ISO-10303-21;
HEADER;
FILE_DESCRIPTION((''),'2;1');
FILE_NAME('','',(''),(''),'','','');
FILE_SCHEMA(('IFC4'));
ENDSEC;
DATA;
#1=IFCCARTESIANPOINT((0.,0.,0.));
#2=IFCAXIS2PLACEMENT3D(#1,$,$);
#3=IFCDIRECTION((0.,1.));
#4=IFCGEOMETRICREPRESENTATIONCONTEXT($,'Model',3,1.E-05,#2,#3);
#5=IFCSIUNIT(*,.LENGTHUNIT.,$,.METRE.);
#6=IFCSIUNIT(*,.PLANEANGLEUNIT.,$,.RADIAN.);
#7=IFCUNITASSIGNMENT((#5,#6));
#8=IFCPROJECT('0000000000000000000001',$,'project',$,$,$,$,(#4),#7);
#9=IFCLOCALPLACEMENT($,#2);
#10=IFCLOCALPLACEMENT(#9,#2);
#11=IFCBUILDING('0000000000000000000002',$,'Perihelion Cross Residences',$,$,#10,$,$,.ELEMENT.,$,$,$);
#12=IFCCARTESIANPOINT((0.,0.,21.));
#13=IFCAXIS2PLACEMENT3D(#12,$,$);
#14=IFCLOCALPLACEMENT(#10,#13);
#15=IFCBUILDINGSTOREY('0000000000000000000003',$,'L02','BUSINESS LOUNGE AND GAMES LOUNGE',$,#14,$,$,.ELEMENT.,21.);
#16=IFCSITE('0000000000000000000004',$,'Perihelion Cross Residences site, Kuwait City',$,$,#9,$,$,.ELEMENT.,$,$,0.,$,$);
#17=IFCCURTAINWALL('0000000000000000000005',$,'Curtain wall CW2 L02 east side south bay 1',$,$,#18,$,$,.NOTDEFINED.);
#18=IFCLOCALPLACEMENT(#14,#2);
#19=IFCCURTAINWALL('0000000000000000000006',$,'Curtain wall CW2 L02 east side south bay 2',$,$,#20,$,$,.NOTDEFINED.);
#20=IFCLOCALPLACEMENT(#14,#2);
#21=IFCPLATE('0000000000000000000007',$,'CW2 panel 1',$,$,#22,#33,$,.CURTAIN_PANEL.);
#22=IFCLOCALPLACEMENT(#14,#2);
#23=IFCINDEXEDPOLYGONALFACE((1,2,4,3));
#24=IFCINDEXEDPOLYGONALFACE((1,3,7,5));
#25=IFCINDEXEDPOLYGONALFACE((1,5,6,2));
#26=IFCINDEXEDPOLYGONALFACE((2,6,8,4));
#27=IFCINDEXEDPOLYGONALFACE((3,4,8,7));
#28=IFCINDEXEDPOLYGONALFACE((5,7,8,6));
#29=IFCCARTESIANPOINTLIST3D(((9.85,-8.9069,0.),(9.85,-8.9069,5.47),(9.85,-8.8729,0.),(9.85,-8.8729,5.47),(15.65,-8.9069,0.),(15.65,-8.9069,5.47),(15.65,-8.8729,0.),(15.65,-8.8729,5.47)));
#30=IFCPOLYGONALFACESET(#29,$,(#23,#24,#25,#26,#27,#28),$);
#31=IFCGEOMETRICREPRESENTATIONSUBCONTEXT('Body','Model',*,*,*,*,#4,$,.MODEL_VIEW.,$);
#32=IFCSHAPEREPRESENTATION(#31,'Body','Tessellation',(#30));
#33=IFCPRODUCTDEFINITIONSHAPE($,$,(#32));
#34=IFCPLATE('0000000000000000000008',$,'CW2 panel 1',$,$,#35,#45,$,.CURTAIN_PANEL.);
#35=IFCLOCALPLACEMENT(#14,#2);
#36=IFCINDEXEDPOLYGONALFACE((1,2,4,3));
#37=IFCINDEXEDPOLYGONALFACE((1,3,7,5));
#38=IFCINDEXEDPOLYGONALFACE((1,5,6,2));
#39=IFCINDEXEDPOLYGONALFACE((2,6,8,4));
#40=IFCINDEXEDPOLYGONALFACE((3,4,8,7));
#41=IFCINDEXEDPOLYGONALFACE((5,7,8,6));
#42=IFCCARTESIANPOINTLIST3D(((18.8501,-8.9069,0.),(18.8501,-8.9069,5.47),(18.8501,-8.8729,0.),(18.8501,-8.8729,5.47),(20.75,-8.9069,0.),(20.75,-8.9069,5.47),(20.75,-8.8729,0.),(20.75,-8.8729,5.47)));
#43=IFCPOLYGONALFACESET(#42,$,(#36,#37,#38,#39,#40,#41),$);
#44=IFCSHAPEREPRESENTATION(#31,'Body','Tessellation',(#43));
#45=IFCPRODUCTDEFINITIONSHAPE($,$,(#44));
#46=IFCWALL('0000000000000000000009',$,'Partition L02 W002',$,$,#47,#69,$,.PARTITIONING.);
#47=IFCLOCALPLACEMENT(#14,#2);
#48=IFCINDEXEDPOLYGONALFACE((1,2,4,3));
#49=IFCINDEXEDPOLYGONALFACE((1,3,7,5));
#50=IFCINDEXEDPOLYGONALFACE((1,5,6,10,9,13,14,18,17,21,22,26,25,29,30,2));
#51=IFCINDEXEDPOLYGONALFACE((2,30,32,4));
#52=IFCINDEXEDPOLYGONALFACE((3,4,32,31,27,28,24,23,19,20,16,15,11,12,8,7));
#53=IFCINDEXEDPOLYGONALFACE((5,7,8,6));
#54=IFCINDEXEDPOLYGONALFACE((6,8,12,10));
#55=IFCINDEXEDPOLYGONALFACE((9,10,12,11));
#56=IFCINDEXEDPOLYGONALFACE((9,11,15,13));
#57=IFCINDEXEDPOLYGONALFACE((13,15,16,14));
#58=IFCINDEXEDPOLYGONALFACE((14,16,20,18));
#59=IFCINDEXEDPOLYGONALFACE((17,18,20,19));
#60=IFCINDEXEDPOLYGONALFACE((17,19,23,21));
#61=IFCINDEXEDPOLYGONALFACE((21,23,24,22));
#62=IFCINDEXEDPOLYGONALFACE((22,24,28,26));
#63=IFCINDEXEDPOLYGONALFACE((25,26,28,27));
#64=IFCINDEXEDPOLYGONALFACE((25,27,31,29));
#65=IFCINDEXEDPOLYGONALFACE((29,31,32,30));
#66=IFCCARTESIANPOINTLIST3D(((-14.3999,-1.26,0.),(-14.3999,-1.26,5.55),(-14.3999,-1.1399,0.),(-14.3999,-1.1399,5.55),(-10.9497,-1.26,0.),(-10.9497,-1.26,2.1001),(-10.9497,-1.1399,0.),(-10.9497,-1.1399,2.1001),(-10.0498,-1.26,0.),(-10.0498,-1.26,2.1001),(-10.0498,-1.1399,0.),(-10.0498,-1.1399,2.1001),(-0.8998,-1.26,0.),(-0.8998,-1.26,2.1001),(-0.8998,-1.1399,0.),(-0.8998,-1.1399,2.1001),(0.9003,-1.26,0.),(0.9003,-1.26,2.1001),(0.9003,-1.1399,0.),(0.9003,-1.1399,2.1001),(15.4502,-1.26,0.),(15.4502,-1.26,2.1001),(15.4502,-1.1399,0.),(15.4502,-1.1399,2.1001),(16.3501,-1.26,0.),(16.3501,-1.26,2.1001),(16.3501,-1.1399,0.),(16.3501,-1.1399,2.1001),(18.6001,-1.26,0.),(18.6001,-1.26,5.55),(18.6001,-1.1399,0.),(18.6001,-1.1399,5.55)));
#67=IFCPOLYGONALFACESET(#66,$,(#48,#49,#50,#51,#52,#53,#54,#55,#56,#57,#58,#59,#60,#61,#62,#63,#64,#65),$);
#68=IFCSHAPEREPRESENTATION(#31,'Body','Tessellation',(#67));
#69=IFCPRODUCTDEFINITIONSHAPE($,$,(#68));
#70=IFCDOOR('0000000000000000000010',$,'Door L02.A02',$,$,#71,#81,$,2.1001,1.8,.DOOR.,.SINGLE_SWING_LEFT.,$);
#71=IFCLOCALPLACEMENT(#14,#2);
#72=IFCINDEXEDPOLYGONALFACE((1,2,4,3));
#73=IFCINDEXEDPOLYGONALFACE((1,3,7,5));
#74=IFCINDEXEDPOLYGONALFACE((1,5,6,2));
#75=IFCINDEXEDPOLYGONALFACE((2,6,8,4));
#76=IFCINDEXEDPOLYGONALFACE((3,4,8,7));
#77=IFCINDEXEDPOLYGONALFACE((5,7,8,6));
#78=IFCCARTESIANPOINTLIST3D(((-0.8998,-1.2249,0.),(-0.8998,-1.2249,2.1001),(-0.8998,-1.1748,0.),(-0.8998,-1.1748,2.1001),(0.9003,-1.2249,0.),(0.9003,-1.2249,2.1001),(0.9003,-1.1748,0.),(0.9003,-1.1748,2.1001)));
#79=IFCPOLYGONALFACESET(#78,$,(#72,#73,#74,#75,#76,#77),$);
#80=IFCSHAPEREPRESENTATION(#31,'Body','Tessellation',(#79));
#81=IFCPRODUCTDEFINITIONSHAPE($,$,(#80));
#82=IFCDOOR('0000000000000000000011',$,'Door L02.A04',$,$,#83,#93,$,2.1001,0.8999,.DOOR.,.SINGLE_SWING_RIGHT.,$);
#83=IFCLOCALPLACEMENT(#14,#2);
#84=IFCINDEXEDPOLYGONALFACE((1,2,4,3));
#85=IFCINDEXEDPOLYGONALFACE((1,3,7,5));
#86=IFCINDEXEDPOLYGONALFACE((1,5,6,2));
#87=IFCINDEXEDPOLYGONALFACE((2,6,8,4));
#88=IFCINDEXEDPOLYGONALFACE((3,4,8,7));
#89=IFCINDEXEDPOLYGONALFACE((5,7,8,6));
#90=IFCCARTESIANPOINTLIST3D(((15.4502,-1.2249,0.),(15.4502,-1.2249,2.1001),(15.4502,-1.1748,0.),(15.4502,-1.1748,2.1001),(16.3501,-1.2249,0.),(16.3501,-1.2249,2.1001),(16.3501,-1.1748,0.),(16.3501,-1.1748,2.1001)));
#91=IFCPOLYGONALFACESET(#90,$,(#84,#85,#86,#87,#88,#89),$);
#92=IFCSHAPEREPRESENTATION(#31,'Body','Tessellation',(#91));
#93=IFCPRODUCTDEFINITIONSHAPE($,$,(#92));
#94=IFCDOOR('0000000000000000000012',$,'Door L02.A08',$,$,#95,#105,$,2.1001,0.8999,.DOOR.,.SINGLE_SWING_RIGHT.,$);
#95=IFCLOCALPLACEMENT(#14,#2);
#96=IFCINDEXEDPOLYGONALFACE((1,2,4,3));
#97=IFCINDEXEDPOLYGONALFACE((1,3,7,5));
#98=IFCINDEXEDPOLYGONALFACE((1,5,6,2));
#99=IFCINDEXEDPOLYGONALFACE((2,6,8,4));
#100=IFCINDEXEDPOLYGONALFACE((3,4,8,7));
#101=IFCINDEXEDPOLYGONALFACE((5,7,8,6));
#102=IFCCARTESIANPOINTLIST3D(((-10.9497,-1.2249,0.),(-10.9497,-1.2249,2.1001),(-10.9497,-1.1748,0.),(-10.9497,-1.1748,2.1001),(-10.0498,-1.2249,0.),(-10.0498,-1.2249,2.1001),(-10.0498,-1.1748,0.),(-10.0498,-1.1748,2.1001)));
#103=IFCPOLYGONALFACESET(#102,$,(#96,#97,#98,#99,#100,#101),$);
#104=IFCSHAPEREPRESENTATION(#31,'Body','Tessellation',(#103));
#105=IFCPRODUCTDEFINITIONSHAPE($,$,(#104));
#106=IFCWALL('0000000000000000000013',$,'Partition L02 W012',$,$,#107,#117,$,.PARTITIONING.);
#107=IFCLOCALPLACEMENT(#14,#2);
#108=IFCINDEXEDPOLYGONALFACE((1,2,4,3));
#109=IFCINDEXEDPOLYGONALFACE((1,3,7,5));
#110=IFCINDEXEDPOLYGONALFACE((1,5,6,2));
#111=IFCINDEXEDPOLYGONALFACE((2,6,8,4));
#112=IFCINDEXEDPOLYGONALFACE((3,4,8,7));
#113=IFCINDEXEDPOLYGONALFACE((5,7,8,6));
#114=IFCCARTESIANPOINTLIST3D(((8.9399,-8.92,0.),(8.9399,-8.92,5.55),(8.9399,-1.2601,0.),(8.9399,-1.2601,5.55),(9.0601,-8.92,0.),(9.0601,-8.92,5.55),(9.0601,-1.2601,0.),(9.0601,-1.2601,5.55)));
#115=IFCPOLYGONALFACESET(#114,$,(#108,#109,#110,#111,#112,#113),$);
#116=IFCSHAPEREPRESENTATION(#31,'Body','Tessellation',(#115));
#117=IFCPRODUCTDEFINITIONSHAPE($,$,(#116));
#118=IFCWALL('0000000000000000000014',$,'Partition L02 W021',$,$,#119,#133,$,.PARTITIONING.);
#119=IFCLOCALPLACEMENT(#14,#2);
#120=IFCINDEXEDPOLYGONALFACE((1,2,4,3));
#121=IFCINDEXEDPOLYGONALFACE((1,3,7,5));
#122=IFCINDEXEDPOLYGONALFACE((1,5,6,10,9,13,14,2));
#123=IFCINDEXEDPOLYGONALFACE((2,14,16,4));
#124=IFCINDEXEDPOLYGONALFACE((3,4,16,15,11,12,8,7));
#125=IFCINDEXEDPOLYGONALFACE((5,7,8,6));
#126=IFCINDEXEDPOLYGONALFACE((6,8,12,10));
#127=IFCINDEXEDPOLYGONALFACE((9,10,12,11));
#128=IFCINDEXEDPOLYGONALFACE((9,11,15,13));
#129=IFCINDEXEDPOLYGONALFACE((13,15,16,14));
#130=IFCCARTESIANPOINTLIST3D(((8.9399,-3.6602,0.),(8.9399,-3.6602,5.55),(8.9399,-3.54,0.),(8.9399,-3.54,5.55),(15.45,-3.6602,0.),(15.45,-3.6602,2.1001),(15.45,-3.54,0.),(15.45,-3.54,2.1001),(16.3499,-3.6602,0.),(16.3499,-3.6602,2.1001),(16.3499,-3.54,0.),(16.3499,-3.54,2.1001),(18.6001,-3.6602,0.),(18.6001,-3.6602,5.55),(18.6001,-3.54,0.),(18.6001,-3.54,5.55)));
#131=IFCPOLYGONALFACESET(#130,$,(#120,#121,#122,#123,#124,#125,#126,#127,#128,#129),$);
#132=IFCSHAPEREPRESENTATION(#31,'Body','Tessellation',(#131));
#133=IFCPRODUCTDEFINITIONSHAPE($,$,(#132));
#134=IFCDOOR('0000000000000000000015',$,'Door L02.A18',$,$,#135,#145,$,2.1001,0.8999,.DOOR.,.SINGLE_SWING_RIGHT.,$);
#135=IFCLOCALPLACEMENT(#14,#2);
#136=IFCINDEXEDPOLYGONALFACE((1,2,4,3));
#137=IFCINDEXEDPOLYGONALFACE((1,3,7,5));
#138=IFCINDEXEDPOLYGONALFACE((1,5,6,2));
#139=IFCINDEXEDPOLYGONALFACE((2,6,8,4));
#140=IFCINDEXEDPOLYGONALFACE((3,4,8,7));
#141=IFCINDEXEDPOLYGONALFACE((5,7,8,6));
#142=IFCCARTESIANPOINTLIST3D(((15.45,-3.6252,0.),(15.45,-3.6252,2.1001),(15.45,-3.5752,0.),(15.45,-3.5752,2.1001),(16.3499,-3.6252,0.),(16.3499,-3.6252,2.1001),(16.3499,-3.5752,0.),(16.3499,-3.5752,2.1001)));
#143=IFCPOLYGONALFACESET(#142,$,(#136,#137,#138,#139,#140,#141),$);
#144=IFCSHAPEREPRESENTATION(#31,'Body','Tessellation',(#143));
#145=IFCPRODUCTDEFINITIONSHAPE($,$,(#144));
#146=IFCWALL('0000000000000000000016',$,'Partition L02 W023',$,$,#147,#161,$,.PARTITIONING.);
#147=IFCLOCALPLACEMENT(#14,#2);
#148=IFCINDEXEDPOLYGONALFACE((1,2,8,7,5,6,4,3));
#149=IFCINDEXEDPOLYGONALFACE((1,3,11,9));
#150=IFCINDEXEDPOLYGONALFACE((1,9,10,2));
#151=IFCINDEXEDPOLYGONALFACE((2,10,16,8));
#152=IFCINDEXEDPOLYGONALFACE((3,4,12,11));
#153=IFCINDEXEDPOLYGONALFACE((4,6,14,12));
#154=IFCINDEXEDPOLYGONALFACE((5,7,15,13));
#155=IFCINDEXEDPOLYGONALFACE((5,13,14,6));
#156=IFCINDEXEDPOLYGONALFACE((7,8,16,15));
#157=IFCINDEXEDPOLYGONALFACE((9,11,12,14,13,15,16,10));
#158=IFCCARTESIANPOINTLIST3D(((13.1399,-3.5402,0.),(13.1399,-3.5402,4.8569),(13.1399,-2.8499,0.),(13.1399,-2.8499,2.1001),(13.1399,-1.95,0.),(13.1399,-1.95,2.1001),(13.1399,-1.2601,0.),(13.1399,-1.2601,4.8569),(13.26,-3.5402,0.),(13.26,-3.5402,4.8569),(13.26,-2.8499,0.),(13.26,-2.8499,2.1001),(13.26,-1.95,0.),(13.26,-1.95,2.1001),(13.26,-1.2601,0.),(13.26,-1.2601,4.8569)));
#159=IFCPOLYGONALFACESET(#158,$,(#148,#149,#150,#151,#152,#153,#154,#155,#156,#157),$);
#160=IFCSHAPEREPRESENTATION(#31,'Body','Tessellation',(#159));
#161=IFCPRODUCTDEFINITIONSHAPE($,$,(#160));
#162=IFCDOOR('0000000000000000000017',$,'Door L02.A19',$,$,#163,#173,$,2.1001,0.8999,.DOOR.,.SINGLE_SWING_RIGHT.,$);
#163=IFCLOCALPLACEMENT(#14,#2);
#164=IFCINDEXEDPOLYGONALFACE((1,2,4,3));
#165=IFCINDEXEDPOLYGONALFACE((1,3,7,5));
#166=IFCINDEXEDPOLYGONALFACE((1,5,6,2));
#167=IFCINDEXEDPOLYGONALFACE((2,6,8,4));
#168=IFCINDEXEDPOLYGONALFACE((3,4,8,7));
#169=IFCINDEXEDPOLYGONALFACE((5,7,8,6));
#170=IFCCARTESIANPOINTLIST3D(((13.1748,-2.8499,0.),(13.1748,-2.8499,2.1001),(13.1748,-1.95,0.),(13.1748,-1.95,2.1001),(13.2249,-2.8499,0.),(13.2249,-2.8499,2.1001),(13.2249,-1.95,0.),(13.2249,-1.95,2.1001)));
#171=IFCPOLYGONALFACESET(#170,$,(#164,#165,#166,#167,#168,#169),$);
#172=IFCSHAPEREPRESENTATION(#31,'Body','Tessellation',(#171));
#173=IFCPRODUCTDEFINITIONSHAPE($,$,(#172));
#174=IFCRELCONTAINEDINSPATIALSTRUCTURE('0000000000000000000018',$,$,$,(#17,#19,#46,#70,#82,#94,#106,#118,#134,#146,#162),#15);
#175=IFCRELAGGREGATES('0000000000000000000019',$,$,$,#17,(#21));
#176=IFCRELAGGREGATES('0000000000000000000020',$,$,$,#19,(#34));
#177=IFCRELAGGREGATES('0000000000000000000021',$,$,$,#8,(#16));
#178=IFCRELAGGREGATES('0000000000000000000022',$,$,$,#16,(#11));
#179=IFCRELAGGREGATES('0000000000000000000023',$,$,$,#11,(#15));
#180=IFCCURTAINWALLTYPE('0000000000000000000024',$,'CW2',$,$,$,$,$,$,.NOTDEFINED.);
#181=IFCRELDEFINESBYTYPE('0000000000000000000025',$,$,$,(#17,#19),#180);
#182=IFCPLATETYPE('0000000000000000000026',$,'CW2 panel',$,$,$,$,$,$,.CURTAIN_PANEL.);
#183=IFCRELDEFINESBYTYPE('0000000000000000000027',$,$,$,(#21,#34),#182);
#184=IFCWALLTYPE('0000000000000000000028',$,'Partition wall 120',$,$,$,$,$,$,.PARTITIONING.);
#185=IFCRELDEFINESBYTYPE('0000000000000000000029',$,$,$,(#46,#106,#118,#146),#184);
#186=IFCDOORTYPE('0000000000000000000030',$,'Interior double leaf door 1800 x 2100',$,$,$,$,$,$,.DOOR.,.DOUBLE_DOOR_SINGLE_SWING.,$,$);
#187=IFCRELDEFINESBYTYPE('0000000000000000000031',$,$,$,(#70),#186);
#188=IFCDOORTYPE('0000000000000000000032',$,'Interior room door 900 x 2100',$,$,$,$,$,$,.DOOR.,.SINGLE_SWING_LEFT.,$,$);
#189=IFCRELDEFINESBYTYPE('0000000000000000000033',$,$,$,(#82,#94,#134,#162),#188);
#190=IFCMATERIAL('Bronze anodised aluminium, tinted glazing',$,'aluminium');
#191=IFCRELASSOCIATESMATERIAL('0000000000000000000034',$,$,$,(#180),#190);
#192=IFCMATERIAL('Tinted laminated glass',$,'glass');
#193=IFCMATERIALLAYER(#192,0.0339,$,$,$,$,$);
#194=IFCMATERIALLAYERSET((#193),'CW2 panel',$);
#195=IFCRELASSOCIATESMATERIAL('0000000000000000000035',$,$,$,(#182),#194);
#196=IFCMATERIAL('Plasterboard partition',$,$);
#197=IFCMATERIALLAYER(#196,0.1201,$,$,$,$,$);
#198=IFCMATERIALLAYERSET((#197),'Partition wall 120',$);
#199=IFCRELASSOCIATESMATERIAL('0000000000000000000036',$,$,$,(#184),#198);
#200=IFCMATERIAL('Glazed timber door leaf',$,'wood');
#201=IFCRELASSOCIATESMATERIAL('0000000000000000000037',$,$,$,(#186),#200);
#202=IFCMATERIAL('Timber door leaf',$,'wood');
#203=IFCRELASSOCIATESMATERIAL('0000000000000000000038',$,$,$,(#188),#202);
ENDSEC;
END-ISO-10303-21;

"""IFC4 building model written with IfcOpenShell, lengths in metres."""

from ifc_helpers import new_model, si_unit, direction, frame, frame_2d, origin, origin_2d, place, context, subcontext, project, spatial, rectangle, extrude, material, layer, layer_set, type_object, element, fill, aggregate, save


model = new_model("IFC4")

# Units and contexts
model_context = context("Model", 3, precision=1e-05, world=origin(), true_north=direction((0.0, 1.0)))
body_context = subcontext(model_context, "Body", "Model", "MODEL_VIEW")
ifc_project = project(units=[si_unit("LENGTHUNIT", "METRE"), si_unit("PLANEANGLEUNIT", "RADIAN")], contexts=[model_context])

# Site, building, storey
site_placement = place(None, origin())
site = spatial("IfcSite", under=ifc_project, at=site_placement, Name="Perihelion Cross Residences site, Kuwait City", CompositionType="ELEMENT", RefElevation=0.0)
building_placement = place(site_placement, origin())
building = spatial("IfcBuilding", under=site, at=building_placement, Name="Perihelion Cross Residences", CompositionType="ELEMENT")
storey_placement = place(building_placement, frame((0.0, 0.0, 21.0)))
storey = spatial("IfcBuildingStorey", under=building, at=storey_placement, Name="L02", Description="BUSINESS LOUNGE AND GAMES LOUNGE", CompositionType="ELEMENT", Elevation=21.0)

# Curtain walls
ifc_material_1 = material(Name="Bronze anodised aluminium, tinted glazing", Category="aluminium")
curtain_wall_type = type_object("IfcCurtainWallType", Name="CW2", PredefinedType="NOTDEFINED", material=ifc_material_1)
curtain_wall_1_placement = place(storey_placement, origin())
curtain_wall_1 = element("IfcCurtainWall", 1, at=curtain_wall_1_placement, inside=storey, type_object=curtain_wall_type, Name="Curtain wall CW2 L02 east side south bay 1", PredefinedType="NOTDEFINED")
curtain_wall_2_placement = place(storey_placement, origin())
curtain_wall_2 = element("IfcCurtainWall", 2, at=curtain_wall_2_placement, inside=storey, type_object=curtain_wall_type, Name="Curtain wall CW2 L02 east side south bay 2", PredefinedType="NOTDEFINED")

# Plates
ifc_material_2 = material(Name="Tinted laminated glass", Category="glass")
ifc_layer_1 = layer(ifc_material_2, 0.0339)
ifc_layer_set_1 = layer_set([ifc_layer_1], Name="CW2 panel")
plate_type = type_object("IfcPlateType", Name="CW2 panel", PredefinedType="CURTAIN_PANEL", material=ifc_layer_set_1)
plate_1_placement = place(storey_placement, frame((12.75, -8.8899, 0.0), z_axis=(0.0, 0.0, 1.0), x_axis=(1.0, 0.0, 0.0)))
plate_1 = element("IfcPlate", 3, at=plate_1_placement, type_object=plate_type, Name="CW2 panel 1", PredefinedType="CURTAIN_PANEL", context=body_context, shape_type="SweptSolid", body=[
    extrude(rectangle(XDim=5.8, YDim=0.0339, at=origin_2d()), origin(), (0.0, 0.0, 1.0), 5.47),
])
aggregate(curtain_wall_1, [plate_1])
plate_2_placement = place(storey_placement, frame((19.8, -8.8899, 0.0), z_axis=(0.0, 0.0, 1.0), x_axis=(1.0, 0.0, 0.0)))
plate_2 = element("IfcPlate", 4, at=plate_2_placement, type_object=plate_type, Name="CW2 panel 1", PredefinedType="CURTAIN_PANEL", context=body_context, shape_type="SweptSolid", body=[
    extrude(rectangle(XDim=1.8999, YDim=0.0339, at=origin_2d()), origin(), (0.0, 0.0, 1.0), 5.47),
])
aggregate(curtain_wall_2, [plate_2])

# Wall, openings, doors
ifc_material_3 = material(Name="Plasterboard partition")
ifc_layer_2 = layer(ifc_material_3, 0.1201)
ifc_layer_set_2 = layer_set([ifc_layer_2], Name="Partition wall 120")
wall_type_1 = type_object("IfcWallType", Name="Partition wall 120", PredefinedType="PARTITIONING", material=ifc_layer_set_2)
wall_1_placement = place(storey_placement, frame((18.6001, -1.2, 0.0), z_axis=(0.0, 0.0, 1.0), x_axis=(-1.0, 0.0, 0.0)))
wall_1 = element("IfcWall", 5, at=wall_1_placement, inside=storey, type_object=wall_type_1, Name="Partition L02 W002", PredefinedType="PARTITIONING", context=body_context, shape_type="SweptSolid", body=[
    extrude(rectangle(XDim=33.0, YDim=0.1201, at=frame_2d((16.5, 0.0))), origin(), (0.0, 0.0, 1.0), 5.55),
])
opening_1_placement = place(wall_1_placement, frame((17.7, 0.0, 0.0)))
opening_1 = element("IfcOpeningElement", 6, at=opening_1_placement, cuts=wall_1, PredefinedType="OPENING", context=body_context, shape_type="SweptSolid", body=[
    extrude(rectangle(XDim=1.8, YDim=2.1001, at=frame_2d((0.8999, 1.05))), frame((0.0, 0.0701, 0.0), z_axis=(0.0, -1.0, 0.0), x_axis=(1.0, 0.0, 0.0)), (0.0, 0.0, 1.0), 0.1401),
])
opening_2_placement = place(wall_1_placement, frame((2.25, 0.0, 0.0)))
opening_2 = element("IfcOpeningElement", 7, at=opening_2_placement, cuts=wall_1, PredefinedType="OPENING", context=body_context, shape_type="SweptSolid", body=[
    extrude(rectangle(XDim=0.8999, YDim=2.1001, at=frame_2d((0.45, 1.05))), frame((0.0, 0.0701, 0.0), z_axis=(0.0, -1.0, 0.0), x_axis=(1.0, 0.0, 0.0)), (0.0, 0.0, 1.0), 0.1401),
])
opening_3_placement = place(wall_1_placement, frame((28.6499, 0.0, 0.0)))
opening_3 = element("IfcOpeningElement", 8, at=opening_3_placement, cuts=wall_1, PredefinedType="OPENING", context=body_context, shape_type="SweptSolid", body=[
    extrude(rectangle(XDim=0.8999, YDim=2.1001, at=frame_2d((0.45, 1.05))), frame((0.0, 0.0701, 0.0), z_axis=(0.0, -1.0, 0.0), x_axis=(1.0, 0.0, 0.0)), (0.0, 0.0, 1.0), 0.1401),
])
ifc_material_4 = material(Name="Glazed timber door leaf", Category="wood")
door_type_1 = type_object("IfcDoorType", Name="Interior double leaf door 1800 x 2100", OperationType="DOUBLE_DOOR_SINGLE_SWING", PredefinedType="DOOR", material=ifc_material_4)
door_1_placement = place(opening_1_placement, origin())
door_1 = element("IfcDoor", 9, at=door_1_placement, inside=storey, type_object=door_type_1, Name="Door L02.A02", OperationType="SINGLE_SWING_LEFT", OverallHeight=2.1001, OverallWidth=1.8, PredefinedType="DOOR", context=body_context, shape_type="SweptSolid", body=[
    extrude(rectangle(XDim=1.8, YDim=2.1001, at=frame_2d((0.8999, 1.05))), frame((0.0, 0.0249, 0.0), z_axis=(0.0, -1.0, 0.0), x_axis=(1.0, 0.0, 0.0)), (0.0, 0.0, 1.0), 0.05),
])
fill(opening_1, door_1)
ifc_material_5 = material(Name="Timber door leaf", Category="wood")
door_type_2 = type_object("IfcDoorType", Name="Interior room door 900 x 2100", OperationType="SINGLE_SWING_LEFT", PredefinedType="DOOR", material=ifc_material_5)
door_2_placement = place(opening_2_placement, origin())
door_2 = element("IfcDoor", 10, at=door_2_placement, inside=storey, type_object=door_type_2, Name="Door L02.A04", OperationType="SINGLE_SWING_RIGHT", OverallHeight=2.1001, OverallWidth=0.8999, PredefinedType="DOOR", context=body_context, shape_type="SweptSolid", body=[
    extrude(rectangle(XDim=0.8999, YDim=2.1001, at=frame_2d((0.45, 1.05))), frame((0.0, 0.0249, 0.0), z_axis=(0.0, -1.0, 0.0), x_axis=(1.0, 0.0, 0.0)), (0.0, 0.0, 1.0), 0.05),
])
fill(opening_2, door_2)
door_3_placement = place(opening_3_placement, origin())
door_3 = element("IfcDoor", 11, at=door_3_placement, inside=storey, type_object=door_type_2, Name="Door L02.A08", OperationType="SINGLE_SWING_RIGHT", OverallHeight=2.1001, OverallWidth=0.8999, PredefinedType="DOOR", context=body_context, shape_type="SweptSolid", body=[
    extrude(rectangle(XDim=0.8999, YDim=2.1001, at=frame_2d((0.45, 1.05))), frame((0.0, 0.0249, 0.0), z_axis=(0.0, -1.0, 0.0), x_axis=(1.0, 0.0, 0.0)), (0.0, 0.0, 1.0), 0.05),
])
fill(opening_3, door_3)

# Wall
wall_2_placement = place(storey_placement, frame((9.0, -1.26, 0.0), z_axis=(0.0, 0.0, 1.0), x_axis=(0.0, -1.0, 0.0)))
element("IfcWall", 12, at=wall_2_placement, inside=storey, type_object=wall_type_1, Name="Partition L02 W012", PredefinedType="PARTITIONING", context=body_context, shape_type="SweptSolid", body=[
    extrude(rectangle(XDim=7.6599, YDim=0.1201, at=frame_2d((3.8301, 0.0))), origin(), (0.0, 0.0, 1.0), 5.55),
])

# Walls, openings, doors
wall_3_placement = place(storey_placement, frame((8.9399, -3.6001, 0.0), z_axis=(0.0, 0.0, 1.0), x_axis=(1.0, 0.0, 0.0)))
wall_3 = element("IfcWall", 13, at=wall_3_placement, inside=storey, type_object=wall_type_1, Name="Partition L02 W021", PredefinedType="PARTITIONING", context=body_context, shape_type="SweptSolid", body=[
    extrude(rectangle(XDim=9.6602, YDim=0.1201, at=frame_2d((4.8301, 0.0))), origin(), (0.0, 0.0, 1.0), 5.55),
])
opening_4_placement = place(wall_3_placement, frame((6.51, 0.0, 0.0)))
opening_4 = element("IfcOpeningElement", 14, at=opening_4_placement, cuts=wall_3, PredefinedType="OPENING", context=body_context, shape_type="SweptSolid", body=[
    extrude(rectangle(XDim=0.8999, YDim=2.1001, at=frame_2d((0.45, 1.05))), frame((0.0, 0.0701, 0.0), z_axis=(0.0, -1.0, 0.0), x_axis=(1.0, 0.0, 0.0)), (0.0, 0.0, 1.0), 0.1401),
])
door_4_placement = place(opening_4_placement, origin())
door_4 = element("IfcDoor", 15, at=door_4_placement, inside=storey, type_object=door_type_2, Name="Door L02.A18", OperationType="SINGLE_SWING_RIGHT", OverallHeight=2.1001, OverallWidth=0.8999, PredefinedType="DOOR", context=body_context, shape_type="SweptSolid", body=[
    extrude(rectangle(XDim=0.8999, YDim=2.1001, at=frame_2d((0.45, 1.05))), frame((0.0, 0.0249, 0.0), z_axis=(0.0, -1.0, 0.0), x_axis=(1.0, 0.0, 0.0)), (0.0, 0.0, 1.0), 0.05),
])
fill(opening_4, door_4)
wall_4_placement = place(storey_placement, frame((13.2, -1.26, 0.0), z_axis=(0.0, 0.0, 1.0), x_axis=(0.0, -1.0, 0.0)))
wall_4 = element("IfcWall", 16, at=wall_4_placement, inside=storey, type_object=wall_type_1, Name="Partition L02 W023", PredefinedType="PARTITIONING", context=body_context, shape_type="SweptSolid", body=[
    extrude(rectangle(XDim=2.28, YDim=0.1201, at=frame_2d((1.1401, 0.0))), origin(), (0.0, 0.0, 1.0), 4.8569),
])
opening_5_placement = place(wall_4_placement, frame((0.6899, 0.0, 0.0)))
opening_5 = element("IfcOpeningElement", 17, at=opening_5_placement, cuts=wall_4, PredefinedType="OPENING", context=body_context, shape_type="SweptSolid", body=[
    extrude(rectangle(XDim=0.8999, YDim=2.1001, at=frame_2d((0.45, 1.05))), frame((0.0, 0.0701, 0.0), z_axis=(0.0, -1.0, 0.0), x_axis=(1.0, 0.0, 0.0)), (0.0, 0.0, 1.0), 0.1401),
])
door_5_placement = place(opening_5_placement, origin())
door_5 = element("IfcDoor", 18, at=door_5_placement, inside=storey, type_object=door_type_2, Name="Door L02.A19", OperationType="SINGLE_SWING_RIGHT", OverallHeight=2.1001, OverallWidth=0.8999, PredefinedType="DOOR", context=body_context, shape_type="SweptSolid", body=[
    extrude(rectangle(XDim=0.8999, YDim=2.1001, at=frame_2d((0.45, 1.05))), frame((0.0, 0.0249, 0.0), z_axis=(0.0, -1.0, 0.0), x_axis=(1.0, 0.0, 0.0)), (0.0, 0.0, 1.0), 0.05),
])
fill(opening_5, door_5)

save(model, "model.ifc")
